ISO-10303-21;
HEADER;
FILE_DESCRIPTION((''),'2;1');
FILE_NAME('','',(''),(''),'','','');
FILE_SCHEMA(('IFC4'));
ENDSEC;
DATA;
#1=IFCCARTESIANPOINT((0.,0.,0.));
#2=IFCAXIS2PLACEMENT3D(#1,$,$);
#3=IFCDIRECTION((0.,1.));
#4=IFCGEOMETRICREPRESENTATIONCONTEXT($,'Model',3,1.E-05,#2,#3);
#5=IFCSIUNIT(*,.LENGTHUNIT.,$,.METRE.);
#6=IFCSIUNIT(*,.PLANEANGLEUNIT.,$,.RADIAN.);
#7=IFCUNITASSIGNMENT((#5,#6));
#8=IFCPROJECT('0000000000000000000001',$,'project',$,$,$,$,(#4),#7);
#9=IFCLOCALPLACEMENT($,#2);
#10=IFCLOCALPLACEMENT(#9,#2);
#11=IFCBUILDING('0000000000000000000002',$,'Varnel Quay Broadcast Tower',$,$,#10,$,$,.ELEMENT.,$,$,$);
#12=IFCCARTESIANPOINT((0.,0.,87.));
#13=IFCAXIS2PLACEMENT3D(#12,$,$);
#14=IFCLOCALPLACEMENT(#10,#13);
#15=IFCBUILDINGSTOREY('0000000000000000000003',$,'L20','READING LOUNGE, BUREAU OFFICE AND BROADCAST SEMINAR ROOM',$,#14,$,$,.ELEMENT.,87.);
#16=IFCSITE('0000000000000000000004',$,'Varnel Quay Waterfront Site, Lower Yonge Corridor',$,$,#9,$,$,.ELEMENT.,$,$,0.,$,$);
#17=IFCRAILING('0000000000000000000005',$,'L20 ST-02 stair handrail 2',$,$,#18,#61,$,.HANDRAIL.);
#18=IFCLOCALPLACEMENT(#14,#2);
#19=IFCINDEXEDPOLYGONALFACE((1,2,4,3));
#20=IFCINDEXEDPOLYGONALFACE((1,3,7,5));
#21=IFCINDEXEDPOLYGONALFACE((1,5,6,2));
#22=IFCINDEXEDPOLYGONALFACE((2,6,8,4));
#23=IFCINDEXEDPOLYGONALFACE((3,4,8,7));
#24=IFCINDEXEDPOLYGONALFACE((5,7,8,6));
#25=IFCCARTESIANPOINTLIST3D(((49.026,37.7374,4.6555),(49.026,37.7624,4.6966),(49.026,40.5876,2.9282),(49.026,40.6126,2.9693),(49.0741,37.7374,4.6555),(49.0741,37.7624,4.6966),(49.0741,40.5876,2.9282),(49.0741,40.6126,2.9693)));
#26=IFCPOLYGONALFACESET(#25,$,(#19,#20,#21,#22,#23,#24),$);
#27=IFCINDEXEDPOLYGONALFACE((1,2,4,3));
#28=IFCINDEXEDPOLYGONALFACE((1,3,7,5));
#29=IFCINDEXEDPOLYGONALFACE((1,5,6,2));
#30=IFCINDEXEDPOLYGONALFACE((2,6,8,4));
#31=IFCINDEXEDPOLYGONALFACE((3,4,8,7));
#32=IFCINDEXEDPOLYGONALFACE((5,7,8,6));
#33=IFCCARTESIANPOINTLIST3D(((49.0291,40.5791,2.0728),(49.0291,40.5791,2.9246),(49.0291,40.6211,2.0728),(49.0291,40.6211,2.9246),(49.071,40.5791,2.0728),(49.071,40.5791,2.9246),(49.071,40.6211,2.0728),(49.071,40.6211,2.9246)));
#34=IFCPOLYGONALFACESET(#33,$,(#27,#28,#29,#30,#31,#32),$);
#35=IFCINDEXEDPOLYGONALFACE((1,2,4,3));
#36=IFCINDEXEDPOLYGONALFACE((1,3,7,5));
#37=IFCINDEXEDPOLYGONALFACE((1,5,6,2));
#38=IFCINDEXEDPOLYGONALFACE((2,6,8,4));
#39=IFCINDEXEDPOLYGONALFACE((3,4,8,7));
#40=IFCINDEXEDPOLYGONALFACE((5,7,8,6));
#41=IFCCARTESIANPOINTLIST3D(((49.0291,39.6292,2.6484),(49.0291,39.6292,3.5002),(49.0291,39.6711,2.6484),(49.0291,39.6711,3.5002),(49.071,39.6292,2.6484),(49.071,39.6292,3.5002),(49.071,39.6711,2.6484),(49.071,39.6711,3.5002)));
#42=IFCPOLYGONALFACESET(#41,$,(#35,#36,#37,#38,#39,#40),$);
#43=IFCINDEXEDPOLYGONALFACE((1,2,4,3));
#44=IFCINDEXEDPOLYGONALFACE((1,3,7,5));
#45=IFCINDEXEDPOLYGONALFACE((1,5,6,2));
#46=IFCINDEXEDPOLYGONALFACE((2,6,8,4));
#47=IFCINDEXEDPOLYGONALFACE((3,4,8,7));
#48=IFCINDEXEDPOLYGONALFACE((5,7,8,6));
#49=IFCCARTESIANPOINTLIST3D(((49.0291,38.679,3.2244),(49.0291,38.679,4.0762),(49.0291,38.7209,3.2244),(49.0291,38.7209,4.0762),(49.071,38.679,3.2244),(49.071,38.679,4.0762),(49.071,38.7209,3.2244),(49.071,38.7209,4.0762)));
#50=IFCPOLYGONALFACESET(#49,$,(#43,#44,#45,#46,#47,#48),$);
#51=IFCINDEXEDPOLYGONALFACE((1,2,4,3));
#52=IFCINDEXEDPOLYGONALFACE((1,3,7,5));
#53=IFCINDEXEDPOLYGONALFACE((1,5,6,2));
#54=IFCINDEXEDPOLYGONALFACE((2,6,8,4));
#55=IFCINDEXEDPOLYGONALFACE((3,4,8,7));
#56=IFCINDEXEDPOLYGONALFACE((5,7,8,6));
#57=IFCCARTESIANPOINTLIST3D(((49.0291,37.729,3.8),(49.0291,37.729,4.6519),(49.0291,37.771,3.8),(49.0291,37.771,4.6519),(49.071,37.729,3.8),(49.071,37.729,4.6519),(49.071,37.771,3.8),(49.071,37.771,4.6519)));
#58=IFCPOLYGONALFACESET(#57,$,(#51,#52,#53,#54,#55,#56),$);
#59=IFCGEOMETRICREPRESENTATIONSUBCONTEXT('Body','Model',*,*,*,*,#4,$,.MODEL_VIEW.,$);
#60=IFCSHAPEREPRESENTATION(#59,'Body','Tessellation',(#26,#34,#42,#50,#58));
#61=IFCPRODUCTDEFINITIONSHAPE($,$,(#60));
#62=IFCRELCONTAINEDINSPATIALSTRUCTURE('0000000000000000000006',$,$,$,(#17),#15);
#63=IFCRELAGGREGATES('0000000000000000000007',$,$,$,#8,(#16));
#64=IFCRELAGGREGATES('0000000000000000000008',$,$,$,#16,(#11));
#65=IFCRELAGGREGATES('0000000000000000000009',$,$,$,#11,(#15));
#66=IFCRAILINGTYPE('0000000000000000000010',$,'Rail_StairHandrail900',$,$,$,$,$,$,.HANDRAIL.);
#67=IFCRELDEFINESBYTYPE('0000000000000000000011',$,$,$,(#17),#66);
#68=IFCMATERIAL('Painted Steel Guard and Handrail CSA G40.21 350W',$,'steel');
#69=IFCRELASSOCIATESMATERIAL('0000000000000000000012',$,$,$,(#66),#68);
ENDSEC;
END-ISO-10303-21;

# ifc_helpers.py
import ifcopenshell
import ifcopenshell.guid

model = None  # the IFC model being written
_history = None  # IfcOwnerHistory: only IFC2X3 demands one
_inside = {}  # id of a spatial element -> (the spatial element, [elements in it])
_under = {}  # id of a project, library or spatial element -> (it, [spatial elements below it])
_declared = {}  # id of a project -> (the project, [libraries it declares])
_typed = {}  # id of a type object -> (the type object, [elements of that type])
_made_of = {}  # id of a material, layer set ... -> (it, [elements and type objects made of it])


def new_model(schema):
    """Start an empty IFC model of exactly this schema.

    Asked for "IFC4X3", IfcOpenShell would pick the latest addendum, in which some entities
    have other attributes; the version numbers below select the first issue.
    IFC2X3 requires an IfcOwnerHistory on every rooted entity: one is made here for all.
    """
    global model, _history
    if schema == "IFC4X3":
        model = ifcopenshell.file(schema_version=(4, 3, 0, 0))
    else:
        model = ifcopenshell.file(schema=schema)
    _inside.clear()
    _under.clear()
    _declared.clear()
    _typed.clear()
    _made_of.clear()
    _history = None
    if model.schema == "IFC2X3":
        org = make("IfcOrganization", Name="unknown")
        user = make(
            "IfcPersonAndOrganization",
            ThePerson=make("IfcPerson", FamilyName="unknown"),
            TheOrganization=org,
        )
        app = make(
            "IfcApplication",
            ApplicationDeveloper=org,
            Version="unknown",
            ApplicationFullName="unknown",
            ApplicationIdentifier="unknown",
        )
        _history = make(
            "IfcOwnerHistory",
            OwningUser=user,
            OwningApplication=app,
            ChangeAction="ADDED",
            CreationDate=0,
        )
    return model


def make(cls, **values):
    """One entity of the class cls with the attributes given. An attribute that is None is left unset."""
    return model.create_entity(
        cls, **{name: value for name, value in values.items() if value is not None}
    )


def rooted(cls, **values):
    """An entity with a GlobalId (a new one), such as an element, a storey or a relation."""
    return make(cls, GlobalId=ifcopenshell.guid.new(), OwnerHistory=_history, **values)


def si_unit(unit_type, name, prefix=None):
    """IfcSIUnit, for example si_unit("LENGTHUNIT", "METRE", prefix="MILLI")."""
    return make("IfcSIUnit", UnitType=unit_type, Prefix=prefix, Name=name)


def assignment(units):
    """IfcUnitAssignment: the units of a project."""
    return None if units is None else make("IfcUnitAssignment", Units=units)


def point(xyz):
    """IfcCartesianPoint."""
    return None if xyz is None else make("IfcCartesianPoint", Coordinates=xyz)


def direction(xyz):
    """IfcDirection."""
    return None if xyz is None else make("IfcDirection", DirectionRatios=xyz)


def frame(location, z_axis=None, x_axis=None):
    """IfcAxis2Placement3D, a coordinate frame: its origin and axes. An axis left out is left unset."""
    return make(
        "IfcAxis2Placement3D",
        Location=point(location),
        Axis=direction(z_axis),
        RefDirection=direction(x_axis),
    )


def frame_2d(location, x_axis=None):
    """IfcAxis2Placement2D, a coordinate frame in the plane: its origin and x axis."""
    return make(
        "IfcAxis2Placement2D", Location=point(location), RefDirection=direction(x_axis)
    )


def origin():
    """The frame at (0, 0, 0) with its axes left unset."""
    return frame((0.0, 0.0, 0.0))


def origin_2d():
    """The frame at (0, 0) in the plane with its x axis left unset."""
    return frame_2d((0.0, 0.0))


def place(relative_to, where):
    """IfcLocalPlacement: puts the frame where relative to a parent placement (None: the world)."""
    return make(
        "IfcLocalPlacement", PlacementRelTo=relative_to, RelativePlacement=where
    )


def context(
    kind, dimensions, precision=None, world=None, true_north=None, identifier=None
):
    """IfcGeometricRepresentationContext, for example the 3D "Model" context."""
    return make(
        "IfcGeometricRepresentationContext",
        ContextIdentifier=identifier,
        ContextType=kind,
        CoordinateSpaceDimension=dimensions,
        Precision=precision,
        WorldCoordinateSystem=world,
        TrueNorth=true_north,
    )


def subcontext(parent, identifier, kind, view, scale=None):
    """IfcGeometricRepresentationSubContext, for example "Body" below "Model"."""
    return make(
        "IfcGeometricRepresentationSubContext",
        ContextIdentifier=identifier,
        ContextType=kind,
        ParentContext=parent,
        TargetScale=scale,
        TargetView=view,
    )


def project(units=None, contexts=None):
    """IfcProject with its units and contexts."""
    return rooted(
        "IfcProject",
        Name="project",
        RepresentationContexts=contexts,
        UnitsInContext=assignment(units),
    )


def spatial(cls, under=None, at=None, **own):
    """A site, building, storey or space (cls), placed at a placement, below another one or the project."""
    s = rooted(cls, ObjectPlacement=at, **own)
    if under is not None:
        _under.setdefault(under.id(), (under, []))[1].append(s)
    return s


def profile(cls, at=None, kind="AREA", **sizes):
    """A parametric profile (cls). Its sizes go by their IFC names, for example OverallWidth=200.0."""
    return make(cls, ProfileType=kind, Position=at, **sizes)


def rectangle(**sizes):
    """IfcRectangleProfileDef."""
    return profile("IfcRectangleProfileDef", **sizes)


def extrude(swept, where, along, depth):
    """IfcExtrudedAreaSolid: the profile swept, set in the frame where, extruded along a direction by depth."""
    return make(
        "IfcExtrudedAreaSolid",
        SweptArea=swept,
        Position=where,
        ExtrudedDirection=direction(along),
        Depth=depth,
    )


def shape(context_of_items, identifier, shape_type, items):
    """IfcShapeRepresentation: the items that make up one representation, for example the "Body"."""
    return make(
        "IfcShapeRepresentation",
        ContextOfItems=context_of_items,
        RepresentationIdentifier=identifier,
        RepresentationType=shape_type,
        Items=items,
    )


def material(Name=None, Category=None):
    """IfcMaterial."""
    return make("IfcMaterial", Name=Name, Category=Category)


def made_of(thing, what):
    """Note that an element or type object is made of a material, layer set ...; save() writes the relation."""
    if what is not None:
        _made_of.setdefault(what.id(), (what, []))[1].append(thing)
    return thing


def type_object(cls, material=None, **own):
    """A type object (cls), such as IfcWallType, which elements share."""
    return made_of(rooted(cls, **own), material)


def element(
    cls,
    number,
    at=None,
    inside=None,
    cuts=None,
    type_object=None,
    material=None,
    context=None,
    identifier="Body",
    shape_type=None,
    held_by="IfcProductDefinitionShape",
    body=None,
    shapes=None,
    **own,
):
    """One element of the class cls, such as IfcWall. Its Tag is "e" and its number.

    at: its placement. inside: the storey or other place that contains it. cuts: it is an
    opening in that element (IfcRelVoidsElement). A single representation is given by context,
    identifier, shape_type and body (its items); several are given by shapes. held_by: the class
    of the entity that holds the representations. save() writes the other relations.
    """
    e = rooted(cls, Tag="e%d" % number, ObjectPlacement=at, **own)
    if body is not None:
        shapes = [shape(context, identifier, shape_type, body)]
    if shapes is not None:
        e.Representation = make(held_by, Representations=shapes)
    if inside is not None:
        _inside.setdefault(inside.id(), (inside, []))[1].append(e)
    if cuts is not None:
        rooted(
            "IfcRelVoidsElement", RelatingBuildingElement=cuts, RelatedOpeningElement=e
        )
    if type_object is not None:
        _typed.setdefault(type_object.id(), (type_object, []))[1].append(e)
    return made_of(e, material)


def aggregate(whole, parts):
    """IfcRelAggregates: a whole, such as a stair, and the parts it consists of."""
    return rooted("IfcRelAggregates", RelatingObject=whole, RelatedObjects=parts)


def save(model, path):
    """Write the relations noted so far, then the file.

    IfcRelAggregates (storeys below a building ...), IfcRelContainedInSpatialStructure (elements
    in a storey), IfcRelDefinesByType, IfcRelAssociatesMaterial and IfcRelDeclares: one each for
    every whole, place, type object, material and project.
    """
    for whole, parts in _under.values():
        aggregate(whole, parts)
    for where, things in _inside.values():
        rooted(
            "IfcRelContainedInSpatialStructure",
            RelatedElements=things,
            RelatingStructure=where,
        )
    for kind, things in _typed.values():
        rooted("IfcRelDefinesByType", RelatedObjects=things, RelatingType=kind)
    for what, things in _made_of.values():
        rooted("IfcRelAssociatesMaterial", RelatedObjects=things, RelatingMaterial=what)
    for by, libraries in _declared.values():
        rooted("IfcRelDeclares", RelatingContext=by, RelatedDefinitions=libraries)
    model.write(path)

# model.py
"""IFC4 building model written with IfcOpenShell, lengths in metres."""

from ifc_helpers import new_model, si_unit, direction, frame, origin, origin_2d, place, context, subcontext, project, spatial, rectangle, extrude, material, type_object, element, save


model = new_model("IFC4")

# Units and contexts
model_context = context("Model", 3, precision=1e-05, world=origin(), true_north=direction((0.0, 1.0)))
body_context = subcontext(model_context, "Body", "Model", "MODEL_VIEW")
ifc_project = project(units=[si_unit("LENGTHUNIT", "METRE"), si_unit("PLANEANGLEUNIT", "RADIAN")], contexts=[model_context])

# Site, building, storey
site_placement = place(None, origin())
site = spatial("IfcSite", under=ifc_project, at=site_placement, Name="Varnel Quay Waterfront Site, Lower Yonge Corridor", CompositionType="ELEMENT", RefElevation=0.0)
building_placement = place(site_placement, origin())
building = spatial("IfcBuilding", under=site, at=building_placement, Name="Varnel Quay Broadcast Tower", CompositionType="ELEMENT")
storey_placement = place(building_placement, frame((0.0, 0.0, 87.0)))
storey = spatial("IfcBuildingStorey", under=building, at=storey_placement, Name="L20", Description="READING LOUNGE, BUREAU OFFICE AND BROADCAST SEMINAR ROOM", CompositionType="ELEMENT", Elevation=87.0)

# Railing
ifc_material_1 = material(Name="Painted Steel Guard and Handrail CSA G40.21 350W", Category="steel")
railing_type = type_object("IfcRailingType", Name="Rail_StairHandrail900", PredefinedType="HANDRAIL", material=ifc_material_1)
railing_placement = place(storey_placement, frame((49.05, 40.6001, 2.0728)))
element("IfcRailing", 1, at=railing_placement, inside=storey, type_object=railing_type, Name="L20 ST-02 stair handrail 2", PredefinedType="HANDRAIL", context=body_context, shape_type="SweptSolid", body=[
    extrude(rectangle(XDim=0.0481, YDim=0.0481, at=origin_2d()), frame((0.0, 0.0, 0.876), z_axis=(0.0, -0.855203, 0.518294), x_axis=(1.0, 0.0, 0.0)), (0.0, 0.0, 1.0), 3.3328),
    extrude(rectangle(XDim=0.042, YDim=0.042, at=origin_2d()), origin(), (0.0, 0.0, 1.0), 0.8518),
    extrude(rectangle(XDim=0.042, YDim=0.042, at=origin_2d()), frame((0.0, -0.95, 0.5757)), (0.0, 0.0, 1.0), 0.8518),
    extrude(rectangle(XDim=0.042, YDim=0.042, at=origin_2d()), frame((0.0, -1.9001, 1.1516)), (0.0, 0.0, 1.0), 0.8518),
    extrude(rectangle(XDim=0.042, YDim=0.042, at=origin_2d()), frame((0.0, -2.8501, 1.7273)), (0.0, 0.0, 1.0), 0.8518),
])

save(model, "model.ifc")
